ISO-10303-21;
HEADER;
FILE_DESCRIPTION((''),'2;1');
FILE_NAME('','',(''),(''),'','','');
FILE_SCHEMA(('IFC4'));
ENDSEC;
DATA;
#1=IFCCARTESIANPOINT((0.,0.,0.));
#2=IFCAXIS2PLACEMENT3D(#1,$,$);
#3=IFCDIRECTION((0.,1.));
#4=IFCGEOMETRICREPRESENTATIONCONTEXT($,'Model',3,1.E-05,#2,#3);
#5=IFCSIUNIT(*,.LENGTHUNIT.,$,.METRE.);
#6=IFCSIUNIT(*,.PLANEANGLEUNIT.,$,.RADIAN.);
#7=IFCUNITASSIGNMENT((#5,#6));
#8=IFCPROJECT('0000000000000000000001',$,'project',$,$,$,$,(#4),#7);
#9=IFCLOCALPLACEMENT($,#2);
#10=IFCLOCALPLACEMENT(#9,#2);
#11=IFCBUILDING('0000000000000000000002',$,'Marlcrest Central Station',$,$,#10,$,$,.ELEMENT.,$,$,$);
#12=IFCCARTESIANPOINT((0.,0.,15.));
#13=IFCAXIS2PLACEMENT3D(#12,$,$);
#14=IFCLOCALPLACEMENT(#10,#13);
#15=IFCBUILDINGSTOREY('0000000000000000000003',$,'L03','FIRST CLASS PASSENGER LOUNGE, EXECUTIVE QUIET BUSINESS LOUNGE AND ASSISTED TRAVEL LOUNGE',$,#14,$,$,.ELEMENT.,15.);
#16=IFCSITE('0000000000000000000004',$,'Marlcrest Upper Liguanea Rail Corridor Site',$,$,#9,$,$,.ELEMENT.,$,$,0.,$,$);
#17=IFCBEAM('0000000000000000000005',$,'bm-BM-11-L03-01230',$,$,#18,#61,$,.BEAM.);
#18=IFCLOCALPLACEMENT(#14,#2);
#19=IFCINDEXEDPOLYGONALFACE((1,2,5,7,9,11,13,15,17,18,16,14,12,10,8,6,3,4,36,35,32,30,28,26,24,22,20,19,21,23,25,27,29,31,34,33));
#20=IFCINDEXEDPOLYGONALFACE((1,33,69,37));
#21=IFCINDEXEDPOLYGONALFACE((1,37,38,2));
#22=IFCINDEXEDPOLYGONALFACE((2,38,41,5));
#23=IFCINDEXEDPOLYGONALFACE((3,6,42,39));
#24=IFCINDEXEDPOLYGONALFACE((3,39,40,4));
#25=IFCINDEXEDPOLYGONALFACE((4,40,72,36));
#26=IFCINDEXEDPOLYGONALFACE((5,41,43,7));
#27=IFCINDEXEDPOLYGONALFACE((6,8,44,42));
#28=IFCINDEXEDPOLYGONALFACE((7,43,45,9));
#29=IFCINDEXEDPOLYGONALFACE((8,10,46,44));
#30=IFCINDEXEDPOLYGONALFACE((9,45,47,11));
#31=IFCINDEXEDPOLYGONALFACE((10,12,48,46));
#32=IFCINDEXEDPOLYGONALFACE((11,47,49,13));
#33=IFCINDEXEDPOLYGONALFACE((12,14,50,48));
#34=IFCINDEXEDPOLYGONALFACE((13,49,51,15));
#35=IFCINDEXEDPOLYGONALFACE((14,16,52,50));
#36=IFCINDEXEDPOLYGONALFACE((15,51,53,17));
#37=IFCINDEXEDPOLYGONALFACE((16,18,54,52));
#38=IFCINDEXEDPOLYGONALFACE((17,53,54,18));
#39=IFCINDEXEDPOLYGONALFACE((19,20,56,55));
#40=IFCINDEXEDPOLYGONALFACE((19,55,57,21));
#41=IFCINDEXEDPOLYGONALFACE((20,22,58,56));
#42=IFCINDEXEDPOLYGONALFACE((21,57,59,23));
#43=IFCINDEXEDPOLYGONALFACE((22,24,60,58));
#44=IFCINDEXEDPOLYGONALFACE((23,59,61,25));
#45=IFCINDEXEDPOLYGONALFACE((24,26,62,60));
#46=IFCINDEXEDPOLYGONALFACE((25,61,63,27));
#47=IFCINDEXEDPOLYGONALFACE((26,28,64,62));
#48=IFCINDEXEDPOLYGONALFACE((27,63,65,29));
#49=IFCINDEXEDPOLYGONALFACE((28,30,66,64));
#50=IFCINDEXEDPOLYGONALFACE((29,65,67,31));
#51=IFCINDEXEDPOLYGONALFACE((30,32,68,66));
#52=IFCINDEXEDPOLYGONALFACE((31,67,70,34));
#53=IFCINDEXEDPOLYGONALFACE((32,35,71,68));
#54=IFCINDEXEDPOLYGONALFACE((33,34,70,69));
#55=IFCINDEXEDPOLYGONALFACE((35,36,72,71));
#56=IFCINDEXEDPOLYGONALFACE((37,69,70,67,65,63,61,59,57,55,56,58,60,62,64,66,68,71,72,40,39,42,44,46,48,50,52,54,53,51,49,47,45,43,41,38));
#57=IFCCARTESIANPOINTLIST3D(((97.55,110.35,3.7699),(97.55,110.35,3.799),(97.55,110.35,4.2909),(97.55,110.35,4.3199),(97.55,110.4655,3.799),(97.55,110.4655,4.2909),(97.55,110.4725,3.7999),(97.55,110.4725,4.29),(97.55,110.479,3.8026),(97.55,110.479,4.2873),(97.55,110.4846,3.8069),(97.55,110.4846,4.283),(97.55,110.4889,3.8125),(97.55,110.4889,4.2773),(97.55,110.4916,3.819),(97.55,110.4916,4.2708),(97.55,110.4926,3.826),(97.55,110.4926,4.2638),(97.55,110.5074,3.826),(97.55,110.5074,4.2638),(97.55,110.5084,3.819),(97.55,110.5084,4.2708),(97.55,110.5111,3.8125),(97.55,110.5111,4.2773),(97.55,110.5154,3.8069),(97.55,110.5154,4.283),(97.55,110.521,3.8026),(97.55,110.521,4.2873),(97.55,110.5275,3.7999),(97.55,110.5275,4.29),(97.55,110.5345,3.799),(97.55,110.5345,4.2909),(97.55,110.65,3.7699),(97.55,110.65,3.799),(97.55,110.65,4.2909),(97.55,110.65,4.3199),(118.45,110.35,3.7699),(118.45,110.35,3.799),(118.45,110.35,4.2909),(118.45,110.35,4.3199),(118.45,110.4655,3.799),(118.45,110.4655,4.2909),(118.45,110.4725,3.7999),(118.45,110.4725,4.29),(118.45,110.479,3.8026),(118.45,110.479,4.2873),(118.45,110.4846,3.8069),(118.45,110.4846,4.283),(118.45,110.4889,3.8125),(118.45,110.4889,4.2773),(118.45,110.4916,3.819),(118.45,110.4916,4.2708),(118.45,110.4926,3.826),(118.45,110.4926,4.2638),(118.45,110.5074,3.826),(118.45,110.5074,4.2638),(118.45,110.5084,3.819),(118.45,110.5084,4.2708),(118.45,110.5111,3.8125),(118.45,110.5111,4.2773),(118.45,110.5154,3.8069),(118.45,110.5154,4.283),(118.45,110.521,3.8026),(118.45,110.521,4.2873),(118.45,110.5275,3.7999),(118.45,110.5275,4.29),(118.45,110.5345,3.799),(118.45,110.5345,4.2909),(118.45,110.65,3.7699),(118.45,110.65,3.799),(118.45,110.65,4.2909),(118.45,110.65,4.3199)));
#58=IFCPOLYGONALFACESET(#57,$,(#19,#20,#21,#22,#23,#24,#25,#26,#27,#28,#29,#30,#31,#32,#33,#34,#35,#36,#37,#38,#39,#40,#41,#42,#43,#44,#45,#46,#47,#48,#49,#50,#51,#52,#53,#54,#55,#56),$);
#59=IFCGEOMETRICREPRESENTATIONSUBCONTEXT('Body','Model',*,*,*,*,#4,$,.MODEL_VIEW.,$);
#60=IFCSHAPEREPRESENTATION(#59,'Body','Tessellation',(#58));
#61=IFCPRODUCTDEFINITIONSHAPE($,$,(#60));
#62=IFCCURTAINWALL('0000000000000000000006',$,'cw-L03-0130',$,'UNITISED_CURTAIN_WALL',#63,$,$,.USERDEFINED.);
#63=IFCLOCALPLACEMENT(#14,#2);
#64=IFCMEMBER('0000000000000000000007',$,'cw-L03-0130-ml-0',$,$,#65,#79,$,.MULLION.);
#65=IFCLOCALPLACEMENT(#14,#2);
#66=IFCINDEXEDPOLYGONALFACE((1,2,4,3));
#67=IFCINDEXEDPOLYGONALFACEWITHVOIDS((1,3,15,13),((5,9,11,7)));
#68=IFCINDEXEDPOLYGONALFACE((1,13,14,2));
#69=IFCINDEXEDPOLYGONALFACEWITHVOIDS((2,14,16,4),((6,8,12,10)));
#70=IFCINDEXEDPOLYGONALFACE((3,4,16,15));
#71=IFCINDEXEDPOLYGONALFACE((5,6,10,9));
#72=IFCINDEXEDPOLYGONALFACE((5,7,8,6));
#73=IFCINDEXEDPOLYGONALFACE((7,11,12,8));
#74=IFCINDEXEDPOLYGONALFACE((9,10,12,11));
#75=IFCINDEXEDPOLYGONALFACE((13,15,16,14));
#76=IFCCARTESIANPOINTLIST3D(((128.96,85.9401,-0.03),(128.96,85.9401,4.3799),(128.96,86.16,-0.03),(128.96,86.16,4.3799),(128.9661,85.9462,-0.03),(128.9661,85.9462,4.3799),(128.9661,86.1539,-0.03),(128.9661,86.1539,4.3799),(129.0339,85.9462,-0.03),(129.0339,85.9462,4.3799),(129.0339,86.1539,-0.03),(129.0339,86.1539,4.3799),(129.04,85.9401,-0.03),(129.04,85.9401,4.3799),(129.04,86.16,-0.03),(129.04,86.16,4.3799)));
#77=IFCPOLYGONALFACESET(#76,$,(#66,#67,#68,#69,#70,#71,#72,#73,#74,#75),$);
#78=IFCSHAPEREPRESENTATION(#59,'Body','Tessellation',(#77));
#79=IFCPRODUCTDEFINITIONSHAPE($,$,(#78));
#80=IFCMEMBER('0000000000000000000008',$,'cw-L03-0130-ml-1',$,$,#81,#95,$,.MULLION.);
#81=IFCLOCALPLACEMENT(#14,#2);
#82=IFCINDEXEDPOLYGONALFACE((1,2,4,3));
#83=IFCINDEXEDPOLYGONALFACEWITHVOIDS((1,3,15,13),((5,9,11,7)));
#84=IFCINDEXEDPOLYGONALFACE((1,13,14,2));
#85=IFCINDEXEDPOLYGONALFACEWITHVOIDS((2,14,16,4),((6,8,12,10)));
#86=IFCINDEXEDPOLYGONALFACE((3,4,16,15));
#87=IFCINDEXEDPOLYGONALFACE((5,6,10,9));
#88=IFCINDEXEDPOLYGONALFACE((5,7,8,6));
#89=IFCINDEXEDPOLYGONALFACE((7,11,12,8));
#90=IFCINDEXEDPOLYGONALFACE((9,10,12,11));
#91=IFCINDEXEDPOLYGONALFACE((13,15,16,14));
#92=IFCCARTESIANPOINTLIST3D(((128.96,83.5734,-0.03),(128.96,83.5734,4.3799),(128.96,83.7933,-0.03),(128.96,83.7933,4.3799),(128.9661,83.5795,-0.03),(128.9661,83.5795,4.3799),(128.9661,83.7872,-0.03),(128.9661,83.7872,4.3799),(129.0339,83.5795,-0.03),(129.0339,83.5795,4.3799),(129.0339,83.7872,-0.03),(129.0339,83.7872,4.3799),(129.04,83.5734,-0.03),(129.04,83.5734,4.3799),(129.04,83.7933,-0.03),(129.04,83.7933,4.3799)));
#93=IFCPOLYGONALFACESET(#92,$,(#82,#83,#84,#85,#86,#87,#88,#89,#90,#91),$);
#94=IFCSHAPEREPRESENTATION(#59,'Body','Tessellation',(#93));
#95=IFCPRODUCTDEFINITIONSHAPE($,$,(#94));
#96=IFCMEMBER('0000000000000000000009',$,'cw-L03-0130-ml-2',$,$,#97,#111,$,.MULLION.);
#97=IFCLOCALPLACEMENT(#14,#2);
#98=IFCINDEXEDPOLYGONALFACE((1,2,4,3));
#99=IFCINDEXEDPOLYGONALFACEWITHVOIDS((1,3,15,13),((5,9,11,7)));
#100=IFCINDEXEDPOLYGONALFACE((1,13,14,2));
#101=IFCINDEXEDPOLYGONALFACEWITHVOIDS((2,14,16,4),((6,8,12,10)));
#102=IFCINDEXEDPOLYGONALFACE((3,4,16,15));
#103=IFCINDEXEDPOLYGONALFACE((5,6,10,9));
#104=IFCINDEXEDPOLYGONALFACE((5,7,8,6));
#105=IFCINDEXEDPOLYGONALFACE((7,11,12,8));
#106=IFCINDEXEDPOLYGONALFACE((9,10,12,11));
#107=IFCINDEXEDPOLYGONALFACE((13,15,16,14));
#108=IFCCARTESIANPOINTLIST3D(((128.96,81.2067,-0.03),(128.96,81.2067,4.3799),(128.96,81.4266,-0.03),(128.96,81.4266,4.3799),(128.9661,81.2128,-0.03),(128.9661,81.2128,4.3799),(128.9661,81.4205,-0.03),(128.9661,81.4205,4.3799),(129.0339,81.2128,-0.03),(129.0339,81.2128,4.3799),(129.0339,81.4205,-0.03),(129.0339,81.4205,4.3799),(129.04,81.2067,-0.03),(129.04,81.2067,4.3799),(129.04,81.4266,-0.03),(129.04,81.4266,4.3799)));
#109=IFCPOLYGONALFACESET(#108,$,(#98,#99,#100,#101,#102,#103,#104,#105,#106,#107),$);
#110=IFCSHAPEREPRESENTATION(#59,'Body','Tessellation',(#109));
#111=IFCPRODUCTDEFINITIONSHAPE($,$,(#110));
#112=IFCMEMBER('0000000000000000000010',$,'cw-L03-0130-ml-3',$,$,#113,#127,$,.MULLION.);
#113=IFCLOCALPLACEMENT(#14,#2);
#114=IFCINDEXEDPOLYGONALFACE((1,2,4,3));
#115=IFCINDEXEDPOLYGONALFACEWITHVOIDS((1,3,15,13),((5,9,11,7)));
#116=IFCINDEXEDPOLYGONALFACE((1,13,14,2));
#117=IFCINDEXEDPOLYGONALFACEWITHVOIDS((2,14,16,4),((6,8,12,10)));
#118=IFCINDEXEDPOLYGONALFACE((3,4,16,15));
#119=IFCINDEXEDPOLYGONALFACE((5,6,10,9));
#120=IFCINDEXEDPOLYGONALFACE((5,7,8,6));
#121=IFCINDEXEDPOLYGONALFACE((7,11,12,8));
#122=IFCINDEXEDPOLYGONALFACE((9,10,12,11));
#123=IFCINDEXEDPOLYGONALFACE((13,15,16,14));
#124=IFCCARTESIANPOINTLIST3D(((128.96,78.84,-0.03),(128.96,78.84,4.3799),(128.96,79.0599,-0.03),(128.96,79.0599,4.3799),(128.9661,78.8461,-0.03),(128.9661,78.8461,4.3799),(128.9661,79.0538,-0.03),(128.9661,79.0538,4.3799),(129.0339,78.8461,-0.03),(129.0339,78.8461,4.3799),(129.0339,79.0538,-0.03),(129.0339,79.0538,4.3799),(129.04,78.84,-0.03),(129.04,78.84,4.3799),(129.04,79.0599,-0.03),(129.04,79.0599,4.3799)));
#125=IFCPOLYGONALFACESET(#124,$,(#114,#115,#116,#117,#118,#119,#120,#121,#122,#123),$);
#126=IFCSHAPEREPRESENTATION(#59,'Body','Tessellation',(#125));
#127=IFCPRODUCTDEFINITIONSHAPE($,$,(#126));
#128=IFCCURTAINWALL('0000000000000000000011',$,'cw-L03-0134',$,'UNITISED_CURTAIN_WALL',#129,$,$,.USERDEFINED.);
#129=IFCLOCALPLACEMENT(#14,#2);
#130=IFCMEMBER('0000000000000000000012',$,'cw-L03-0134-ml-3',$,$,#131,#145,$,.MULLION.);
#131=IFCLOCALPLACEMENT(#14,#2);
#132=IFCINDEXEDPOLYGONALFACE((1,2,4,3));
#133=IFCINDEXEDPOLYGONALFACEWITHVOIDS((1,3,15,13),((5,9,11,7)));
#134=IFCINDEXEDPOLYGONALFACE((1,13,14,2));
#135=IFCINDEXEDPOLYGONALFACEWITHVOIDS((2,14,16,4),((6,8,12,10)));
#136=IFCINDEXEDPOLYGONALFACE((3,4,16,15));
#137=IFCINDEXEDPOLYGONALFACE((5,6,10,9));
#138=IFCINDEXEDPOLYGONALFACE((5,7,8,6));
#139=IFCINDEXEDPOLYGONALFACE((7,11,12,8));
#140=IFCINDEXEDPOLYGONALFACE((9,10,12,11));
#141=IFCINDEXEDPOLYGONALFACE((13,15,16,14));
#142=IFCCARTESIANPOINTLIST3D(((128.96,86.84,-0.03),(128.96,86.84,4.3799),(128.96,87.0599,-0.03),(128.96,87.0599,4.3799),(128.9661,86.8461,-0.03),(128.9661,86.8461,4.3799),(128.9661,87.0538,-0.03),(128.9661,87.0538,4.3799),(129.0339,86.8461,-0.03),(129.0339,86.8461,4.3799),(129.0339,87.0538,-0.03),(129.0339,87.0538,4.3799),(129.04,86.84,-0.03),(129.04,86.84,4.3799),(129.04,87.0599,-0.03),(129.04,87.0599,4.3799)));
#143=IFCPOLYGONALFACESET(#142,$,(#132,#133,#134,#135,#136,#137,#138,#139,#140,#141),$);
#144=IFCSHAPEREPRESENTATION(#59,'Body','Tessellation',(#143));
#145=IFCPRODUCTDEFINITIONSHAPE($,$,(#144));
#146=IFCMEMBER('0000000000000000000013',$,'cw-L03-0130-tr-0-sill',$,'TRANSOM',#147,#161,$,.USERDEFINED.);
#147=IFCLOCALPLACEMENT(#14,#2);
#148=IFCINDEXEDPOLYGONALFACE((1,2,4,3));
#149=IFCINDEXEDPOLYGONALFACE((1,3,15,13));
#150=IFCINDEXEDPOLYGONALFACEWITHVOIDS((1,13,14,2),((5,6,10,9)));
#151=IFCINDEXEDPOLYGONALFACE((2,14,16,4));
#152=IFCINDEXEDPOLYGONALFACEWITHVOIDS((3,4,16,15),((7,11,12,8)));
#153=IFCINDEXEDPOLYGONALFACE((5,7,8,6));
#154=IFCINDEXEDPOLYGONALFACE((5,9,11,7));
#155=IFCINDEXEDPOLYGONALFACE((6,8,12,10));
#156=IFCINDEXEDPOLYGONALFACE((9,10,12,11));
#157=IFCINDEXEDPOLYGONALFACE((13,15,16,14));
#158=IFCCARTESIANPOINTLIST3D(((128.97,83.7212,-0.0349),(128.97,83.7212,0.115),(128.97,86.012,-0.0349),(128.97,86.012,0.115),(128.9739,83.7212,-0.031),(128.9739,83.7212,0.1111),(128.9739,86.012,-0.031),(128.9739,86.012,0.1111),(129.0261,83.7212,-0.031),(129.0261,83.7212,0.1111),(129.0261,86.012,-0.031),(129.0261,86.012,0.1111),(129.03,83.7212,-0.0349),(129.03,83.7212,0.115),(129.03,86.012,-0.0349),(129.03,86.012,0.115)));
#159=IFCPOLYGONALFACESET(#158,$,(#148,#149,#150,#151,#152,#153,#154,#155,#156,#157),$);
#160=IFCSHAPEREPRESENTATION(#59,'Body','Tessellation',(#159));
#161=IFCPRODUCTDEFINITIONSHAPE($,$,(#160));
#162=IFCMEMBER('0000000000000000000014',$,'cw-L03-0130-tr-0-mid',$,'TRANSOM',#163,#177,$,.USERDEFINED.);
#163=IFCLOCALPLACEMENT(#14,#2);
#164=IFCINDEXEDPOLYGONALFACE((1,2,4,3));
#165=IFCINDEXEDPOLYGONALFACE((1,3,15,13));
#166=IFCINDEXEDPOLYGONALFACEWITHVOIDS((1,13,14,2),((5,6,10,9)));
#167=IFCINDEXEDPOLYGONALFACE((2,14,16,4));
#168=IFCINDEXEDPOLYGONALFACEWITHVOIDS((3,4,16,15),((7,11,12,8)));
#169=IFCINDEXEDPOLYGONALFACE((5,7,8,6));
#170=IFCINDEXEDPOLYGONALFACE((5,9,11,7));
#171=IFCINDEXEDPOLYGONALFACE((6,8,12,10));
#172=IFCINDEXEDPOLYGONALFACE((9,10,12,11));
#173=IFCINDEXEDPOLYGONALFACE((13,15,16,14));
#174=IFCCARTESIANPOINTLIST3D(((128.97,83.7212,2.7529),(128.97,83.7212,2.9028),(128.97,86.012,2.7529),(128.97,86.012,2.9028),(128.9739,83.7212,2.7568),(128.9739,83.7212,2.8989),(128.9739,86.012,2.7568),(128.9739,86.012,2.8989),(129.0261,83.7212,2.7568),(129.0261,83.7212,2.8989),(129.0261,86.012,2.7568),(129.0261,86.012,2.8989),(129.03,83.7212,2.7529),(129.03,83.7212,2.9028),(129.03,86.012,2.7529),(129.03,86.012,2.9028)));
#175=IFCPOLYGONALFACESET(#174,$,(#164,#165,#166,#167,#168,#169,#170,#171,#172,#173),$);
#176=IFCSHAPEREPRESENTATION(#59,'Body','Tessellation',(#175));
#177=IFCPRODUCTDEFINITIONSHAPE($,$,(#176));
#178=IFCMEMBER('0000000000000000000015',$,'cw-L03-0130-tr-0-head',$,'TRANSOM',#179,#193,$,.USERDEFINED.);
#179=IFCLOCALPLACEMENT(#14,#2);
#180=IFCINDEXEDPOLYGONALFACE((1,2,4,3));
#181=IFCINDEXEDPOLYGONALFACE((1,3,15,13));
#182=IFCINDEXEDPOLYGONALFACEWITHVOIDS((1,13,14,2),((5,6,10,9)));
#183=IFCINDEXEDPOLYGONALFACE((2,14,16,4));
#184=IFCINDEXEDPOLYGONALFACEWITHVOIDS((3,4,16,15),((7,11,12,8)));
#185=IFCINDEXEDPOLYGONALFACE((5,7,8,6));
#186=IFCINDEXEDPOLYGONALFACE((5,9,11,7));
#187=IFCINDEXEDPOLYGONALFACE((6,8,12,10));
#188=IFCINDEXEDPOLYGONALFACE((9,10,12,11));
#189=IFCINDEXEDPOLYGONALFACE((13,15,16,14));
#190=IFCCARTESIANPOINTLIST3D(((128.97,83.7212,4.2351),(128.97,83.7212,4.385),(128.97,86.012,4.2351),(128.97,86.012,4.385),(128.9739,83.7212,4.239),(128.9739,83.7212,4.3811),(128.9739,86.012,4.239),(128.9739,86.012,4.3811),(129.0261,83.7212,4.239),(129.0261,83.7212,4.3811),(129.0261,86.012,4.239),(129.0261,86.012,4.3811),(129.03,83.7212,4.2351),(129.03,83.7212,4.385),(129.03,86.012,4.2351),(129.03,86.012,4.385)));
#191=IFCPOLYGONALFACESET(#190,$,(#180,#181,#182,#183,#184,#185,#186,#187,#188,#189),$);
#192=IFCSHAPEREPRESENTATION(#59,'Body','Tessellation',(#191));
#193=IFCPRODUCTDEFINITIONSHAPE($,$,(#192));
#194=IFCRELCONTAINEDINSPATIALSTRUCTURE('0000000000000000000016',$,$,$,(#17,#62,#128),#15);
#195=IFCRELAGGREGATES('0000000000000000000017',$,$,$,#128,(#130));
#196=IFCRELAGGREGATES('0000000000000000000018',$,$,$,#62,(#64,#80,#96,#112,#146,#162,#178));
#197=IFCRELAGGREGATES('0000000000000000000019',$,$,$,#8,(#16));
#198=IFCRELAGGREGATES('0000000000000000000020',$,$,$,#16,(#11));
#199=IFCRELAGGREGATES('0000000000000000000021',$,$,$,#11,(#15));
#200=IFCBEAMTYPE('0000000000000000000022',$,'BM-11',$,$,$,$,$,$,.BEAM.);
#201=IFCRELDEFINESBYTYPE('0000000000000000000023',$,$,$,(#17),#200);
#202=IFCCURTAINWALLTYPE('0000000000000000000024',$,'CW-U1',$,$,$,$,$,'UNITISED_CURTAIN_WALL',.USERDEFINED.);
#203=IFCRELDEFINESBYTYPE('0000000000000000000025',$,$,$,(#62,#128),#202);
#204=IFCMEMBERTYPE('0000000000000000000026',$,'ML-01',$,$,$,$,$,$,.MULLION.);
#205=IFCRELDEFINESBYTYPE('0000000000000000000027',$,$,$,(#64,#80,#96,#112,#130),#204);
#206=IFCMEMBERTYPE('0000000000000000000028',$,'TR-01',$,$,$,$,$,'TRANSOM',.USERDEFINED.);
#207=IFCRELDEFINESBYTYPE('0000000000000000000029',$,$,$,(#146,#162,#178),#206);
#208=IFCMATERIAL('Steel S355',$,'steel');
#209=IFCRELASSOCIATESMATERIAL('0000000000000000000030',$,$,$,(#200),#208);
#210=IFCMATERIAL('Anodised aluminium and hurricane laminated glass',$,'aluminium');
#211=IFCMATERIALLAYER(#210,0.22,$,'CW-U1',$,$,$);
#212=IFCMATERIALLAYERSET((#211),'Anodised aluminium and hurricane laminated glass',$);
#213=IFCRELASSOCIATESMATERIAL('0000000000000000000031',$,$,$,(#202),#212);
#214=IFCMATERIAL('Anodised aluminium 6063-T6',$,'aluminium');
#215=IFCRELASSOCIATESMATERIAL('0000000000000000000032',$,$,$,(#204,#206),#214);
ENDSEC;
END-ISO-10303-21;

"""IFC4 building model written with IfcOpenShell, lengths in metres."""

from ifc_helpers import new_model, si_unit, direction, frame, origin, origin_2d, place, context, subcontext, project, spatial, hollow_rectangle, i_section, extrude, material, layer, layer_set, material_profile, profile_set, type_object, element, aggregate, save


model = new_model("IFC4")

# Units and contexts
model_context = context("Model", 3, precision=1e-05, world=origin(), true_north=direction((0.0, 1.0)))
body_context = subcontext(model_context, "Body", "Model", "MODEL_VIEW")
ifc_project = project(units=[si_unit("LENGTHUNIT", "METRE"), si_unit("PLANEANGLEUNIT", "RADIAN")], contexts=[model_context])

# Site, building, storey
site_placement = place(None, origin())
site = spatial("IfcSite", under=ifc_project, at=site_placement, Name="Marlcrest Upper Liguanea Rail Corridor Site", CompositionType="ELEMENT", RefElevation=0.0)
building_placement = place(site_placement, origin())
building = spatial("IfcBuilding", under=site, at=building_placement, Name="Marlcrest Central Station", CompositionType="ELEMENT")
storey_placement = place(building_placement, frame((0.0, 0.0, 15.0)))
storey = spatial("IfcBuildingStorey", under=building, at=storey_placement, Name="L03", Description="FIRST CLASS PASSENGER LOUNGE, EXECUTIVE QUIET BUSINESS LOUNGE AND ASSISTED TRAVEL LOUNGE", CompositionType="ELEMENT", Elevation=15.0)

# Shared definitions
ifc_material_1 = material(Name="Steel S355", Category="steel")

# Beam
ifc_material_profile_1 = material_profile(ifc_material_1, i_section(OverallWidth=0.3, OverallDepth=0.55, WebThickness=0.0149, FlangeThickness=0.0291, FilletRadius=0.0271, at=origin_2d()), Name="HEB 550")
ifc_profile_set_1 = profile_set([ifc_material_profile_1], Name="Steel S355")
beam_type_1 = type_object("IfcBeamType", Name="BM-11", PredefinedType="BEAM", material=ifc_profile_set_1)
for number, where, z_axis, x_axis, name in (
    (1, (97.55, 110.5, 4.0449), (1.0, 0.0, 0.0), (0.0, 1.0, 0.0), "bm-BM-11-L03-01230"),
):
    element("IfcBeam", number, at=place(storey_placement, frame(where, z_axis=z_axis, x_axis=x_axis)), inside=storey, type_object=beam_type_1, Name=name, PredefinedType="BEAM", context=body_context, shape_type="SweptSolid", body=[
        extrude(i_section(OverallWidth=0.3, OverallDepth=0.55, WebThickness=0.0149, FlangeThickness=0.0291, FilletRadius=0.0271, at=origin_2d()), origin(), (0.0, 0.0, 1.0), 20.8999),
    ])

# Curtain wall, members
ifc_material_2 = material(Name="Anodised aluminium and hurricane laminated glass", Category="aluminium")
ifc_layer_1 = layer(ifc_material_2, 0.22, Name="CW-U1")
ifc_layer_set_1 = layer_set([ifc_layer_1], Name="Anodised aluminium and hurricane laminated glass")
curtain_wall_type = type_object("IfcCurtainWallType", Name="CW-U1", ElementType="UNITISED_CURTAIN_WALL", PredefinedType="USERDEFINED", material=ifc_layer_set_1)
curtain_wall_1_placement = place(storey_placement, origin())
curtain_wall_1 = element("IfcCurtainWall", 2, at=curtain_wall_1_placement, inside=storey, type_object=curtain_wall_type, Name="cw-L03-0130", ObjectType="UNITISED_CURTAIN_WALL", PredefinedType="USERDEFINED")
ifc_material_3 = material(Name="Anodised aluminium 6063-T6", Category="aluminium")
ifc_material_profile_2 = material_profile(ifc_material_3, hollow_rectangle(XDim=0.0801, YDim=0.22, WallThickness=0.0061, at=origin_2d()), Name="AA-RHS 220x80x6")
ifc_profile_set_2 = profile_set([ifc_material_profile_2], Name="Anodised aluminium 6063-T6")
member_type_1 = type_object("IfcMemberType", Name="ML-01", PredefinedType="MULLION", material=ifc_profile_set_2)
member_1_placement = place(storey_placement, frame((129.0, 86.05, -0.03), z_axis=(0.0, 0.0, 1.0), x_axis=(1.0, 0.0, 0.0)))
member_1 = element("IfcMember", 3, at=member_1_placement, type_object=member_type_1, Name="cw-L03-0130-ml-0", PredefinedType="MULLION", context=body_context, shape_type="SweptSolid", body=[
    extrude(hollow_rectangle(XDim=0.0801, YDim=0.22, WallThickness=0.0061, at=origin_2d()), origin(), (0.0, 0.0, 1.0), 4.4099),
])
member_2_placement = place(storey_placement, frame((129.0, 83.6833, -0.03), z_axis=(0.0, 0.0, 1.0), x_axis=(1.0, 0.0, 0.0)))
member_2 = element("IfcMember", 4, at=member_2_placement, type_object=member_type_1, Name="cw-L03-0130-ml-1", PredefinedType="MULLION", context=body_context, shape_type="SweptSolid", body=[
    extrude(hollow_rectangle(XDim=0.0801, YDim=0.22, WallThickness=0.0061, at=origin_2d()), origin(), (0.0, 0.0, 1.0), 4.4099),
])
member_3_placement = place(storey_placement, frame((129.0, 81.3167, -0.03), z_axis=(0.0, 0.0, 1.0), x_axis=(1.0, 0.0, 0.0)))
member_3 = element("IfcMember", 5, at=member_3_placement, type_object=member_type_1, Name="cw-L03-0130-ml-2", PredefinedType="MULLION", context=body_context, shape_type="SweptSolid", body=[
    extrude(hollow_rectangle(XDim=0.0801, YDim=0.22, WallThickness=0.0061, at=origin_2d()), origin(), (0.0, 0.0, 1.0), 4.4099),
])
member_4_placement = place(storey_placement, frame((129.0, 78.95, -0.03), z_axis=(0.0, 0.0, 1.0), x_axis=(1.0, 0.0, 0.0)))
member_4 = element("IfcMember", 6, at=member_4_placement, type_object=member_type_1, Name="cw-L03-0130-ml-3", PredefinedType="MULLION", context=body_context, shape_type="SweptSolid", body=[
    extrude(hollow_rectangle(XDim=0.0801, YDim=0.22, WallThickness=0.0061, at=origin_2d()), origin(), (0.0, 0.0, 1.0), 4.4099),
])

# Curtain wall, member
curtain_wall_2_placement = place(storey_placement, origin())
curtain_wall_2 = element("IfcCurtainWall", 7, at=curtain_wall_2_placement, inside=storey, type_object=curtain_wall_type, Name="cw-L03-0134", ObjectType="UNITISED_CURTAIN_WALL", PredefinedType="USERDEFINED")
member_5_placement = place(storey_placement, frame((129.0, 86.95, -0.03), z_axis=(0.0, 0.0, 1.0), x_axis=(1.0, 0.0, 0.0)))
member_5 = element("IfcMember", 8, at=member_5_placement, type_object=member_type_1, Name="cw-L03-0134-ml-3", PredefinedType="MULLION", context=body_context, shape_type="SweptSolid", body=[
    extrude(hollow_rectangle(XDim=0.0801, YDim=0.22, WallThickness=0.0061, at=origin_2d()), origin(), (0.0, 0.0, 1.0), 4.4099),
])
aggregate(curtain_wall_2, [member_5])

# Members
ifc_material_profile_3 = material_profile(ifc_material_3, hollow_rectangle(XDim=0.0601, YDim=0.1499, WallThickness=0.0039, at=origin_2d()), Name="AA-RHS 150x60x4")
ifc_profile_set_3 = profile_set([ifc_material_profile_3], Name="Anodised aluminium 6063-T6")
member_type_2 = type_object("IfcMemberType", Name="TR-01", ElementType="TRANSOM", PredefinedType="USERDEFINED", material=ifc_profile_set_3)
member_6_placement = place(storey_placement, frame((129.0, 86.012, 0.04), z_axis=(0.0, -1.0, 0.0), x_axis=(1.0, 0.0, 0.0)))
member_6 = element("IfcMember", 9, at=member_6_placement, type_object=member_type_2, Name="cw-L03-0130-tr-0-sill", ObjectType="TRANSOM", PredefinedType="USERDEFINED", context=body_context, shape_type="SweptSolid", body=[
    extrude(hollow_rectangle(XDim=0.0601, YDim=0.1499, WallThickness=0.0039, at=origin_2d()), origin(), (0.0, 0.0, 1.0), 2.2908),
])
member_7_placement = place(storey_placement, frame((129.0, 86.012, 2.8279), z_axis=(0.0, -1.0, 0.0), x_axis=(1.0, 0.0, 0.0)))
member_7 = element("IfcMember", 10, at=member_7_placement, type_object=member_type_2, Name="cw-L03-0130-tr-0-mid", ObjectType="TRANSOM", PredefinedType="USERDEFINED", context=body_context, shape_type="SweptSolid", body=[
    extrude(hollow_rectangle(XDim=0.0601, YDim=0.1499, WallThickness=0.0039, at=origin_2d()), origin(), (0.0, 0.0, 1.0), 2.2908),
])
member_8_placement = place(storey_placement, frame((129.0, 86.012, 4.3101), z_axis=(0.0, -1.0, 0.0), x_axis=(1.0, 0.0, 0.0)))
member_8 = element("IfcMember", 11, at=member_8_placement, type_object=member_type_2, Name="cw-L03-0130-tr-0-head", ObjectType="TRANSOM", PredefinedType="USERDEFINED", context=body_context, shape_type="SweptSolid", body=[
    extrude(hollow_rectangle(XDim=0.0601, YDim=0.1499, WallThickness=0.0039, at=origin_2d()), origin(), (0.0, 0.0, 1.0), 2.2908),
])

aggregate(curtain_wall_1, [member_1, member_2, member_3, member_4, member_6, member_7, member_8])

save(model, "model.ifc")
